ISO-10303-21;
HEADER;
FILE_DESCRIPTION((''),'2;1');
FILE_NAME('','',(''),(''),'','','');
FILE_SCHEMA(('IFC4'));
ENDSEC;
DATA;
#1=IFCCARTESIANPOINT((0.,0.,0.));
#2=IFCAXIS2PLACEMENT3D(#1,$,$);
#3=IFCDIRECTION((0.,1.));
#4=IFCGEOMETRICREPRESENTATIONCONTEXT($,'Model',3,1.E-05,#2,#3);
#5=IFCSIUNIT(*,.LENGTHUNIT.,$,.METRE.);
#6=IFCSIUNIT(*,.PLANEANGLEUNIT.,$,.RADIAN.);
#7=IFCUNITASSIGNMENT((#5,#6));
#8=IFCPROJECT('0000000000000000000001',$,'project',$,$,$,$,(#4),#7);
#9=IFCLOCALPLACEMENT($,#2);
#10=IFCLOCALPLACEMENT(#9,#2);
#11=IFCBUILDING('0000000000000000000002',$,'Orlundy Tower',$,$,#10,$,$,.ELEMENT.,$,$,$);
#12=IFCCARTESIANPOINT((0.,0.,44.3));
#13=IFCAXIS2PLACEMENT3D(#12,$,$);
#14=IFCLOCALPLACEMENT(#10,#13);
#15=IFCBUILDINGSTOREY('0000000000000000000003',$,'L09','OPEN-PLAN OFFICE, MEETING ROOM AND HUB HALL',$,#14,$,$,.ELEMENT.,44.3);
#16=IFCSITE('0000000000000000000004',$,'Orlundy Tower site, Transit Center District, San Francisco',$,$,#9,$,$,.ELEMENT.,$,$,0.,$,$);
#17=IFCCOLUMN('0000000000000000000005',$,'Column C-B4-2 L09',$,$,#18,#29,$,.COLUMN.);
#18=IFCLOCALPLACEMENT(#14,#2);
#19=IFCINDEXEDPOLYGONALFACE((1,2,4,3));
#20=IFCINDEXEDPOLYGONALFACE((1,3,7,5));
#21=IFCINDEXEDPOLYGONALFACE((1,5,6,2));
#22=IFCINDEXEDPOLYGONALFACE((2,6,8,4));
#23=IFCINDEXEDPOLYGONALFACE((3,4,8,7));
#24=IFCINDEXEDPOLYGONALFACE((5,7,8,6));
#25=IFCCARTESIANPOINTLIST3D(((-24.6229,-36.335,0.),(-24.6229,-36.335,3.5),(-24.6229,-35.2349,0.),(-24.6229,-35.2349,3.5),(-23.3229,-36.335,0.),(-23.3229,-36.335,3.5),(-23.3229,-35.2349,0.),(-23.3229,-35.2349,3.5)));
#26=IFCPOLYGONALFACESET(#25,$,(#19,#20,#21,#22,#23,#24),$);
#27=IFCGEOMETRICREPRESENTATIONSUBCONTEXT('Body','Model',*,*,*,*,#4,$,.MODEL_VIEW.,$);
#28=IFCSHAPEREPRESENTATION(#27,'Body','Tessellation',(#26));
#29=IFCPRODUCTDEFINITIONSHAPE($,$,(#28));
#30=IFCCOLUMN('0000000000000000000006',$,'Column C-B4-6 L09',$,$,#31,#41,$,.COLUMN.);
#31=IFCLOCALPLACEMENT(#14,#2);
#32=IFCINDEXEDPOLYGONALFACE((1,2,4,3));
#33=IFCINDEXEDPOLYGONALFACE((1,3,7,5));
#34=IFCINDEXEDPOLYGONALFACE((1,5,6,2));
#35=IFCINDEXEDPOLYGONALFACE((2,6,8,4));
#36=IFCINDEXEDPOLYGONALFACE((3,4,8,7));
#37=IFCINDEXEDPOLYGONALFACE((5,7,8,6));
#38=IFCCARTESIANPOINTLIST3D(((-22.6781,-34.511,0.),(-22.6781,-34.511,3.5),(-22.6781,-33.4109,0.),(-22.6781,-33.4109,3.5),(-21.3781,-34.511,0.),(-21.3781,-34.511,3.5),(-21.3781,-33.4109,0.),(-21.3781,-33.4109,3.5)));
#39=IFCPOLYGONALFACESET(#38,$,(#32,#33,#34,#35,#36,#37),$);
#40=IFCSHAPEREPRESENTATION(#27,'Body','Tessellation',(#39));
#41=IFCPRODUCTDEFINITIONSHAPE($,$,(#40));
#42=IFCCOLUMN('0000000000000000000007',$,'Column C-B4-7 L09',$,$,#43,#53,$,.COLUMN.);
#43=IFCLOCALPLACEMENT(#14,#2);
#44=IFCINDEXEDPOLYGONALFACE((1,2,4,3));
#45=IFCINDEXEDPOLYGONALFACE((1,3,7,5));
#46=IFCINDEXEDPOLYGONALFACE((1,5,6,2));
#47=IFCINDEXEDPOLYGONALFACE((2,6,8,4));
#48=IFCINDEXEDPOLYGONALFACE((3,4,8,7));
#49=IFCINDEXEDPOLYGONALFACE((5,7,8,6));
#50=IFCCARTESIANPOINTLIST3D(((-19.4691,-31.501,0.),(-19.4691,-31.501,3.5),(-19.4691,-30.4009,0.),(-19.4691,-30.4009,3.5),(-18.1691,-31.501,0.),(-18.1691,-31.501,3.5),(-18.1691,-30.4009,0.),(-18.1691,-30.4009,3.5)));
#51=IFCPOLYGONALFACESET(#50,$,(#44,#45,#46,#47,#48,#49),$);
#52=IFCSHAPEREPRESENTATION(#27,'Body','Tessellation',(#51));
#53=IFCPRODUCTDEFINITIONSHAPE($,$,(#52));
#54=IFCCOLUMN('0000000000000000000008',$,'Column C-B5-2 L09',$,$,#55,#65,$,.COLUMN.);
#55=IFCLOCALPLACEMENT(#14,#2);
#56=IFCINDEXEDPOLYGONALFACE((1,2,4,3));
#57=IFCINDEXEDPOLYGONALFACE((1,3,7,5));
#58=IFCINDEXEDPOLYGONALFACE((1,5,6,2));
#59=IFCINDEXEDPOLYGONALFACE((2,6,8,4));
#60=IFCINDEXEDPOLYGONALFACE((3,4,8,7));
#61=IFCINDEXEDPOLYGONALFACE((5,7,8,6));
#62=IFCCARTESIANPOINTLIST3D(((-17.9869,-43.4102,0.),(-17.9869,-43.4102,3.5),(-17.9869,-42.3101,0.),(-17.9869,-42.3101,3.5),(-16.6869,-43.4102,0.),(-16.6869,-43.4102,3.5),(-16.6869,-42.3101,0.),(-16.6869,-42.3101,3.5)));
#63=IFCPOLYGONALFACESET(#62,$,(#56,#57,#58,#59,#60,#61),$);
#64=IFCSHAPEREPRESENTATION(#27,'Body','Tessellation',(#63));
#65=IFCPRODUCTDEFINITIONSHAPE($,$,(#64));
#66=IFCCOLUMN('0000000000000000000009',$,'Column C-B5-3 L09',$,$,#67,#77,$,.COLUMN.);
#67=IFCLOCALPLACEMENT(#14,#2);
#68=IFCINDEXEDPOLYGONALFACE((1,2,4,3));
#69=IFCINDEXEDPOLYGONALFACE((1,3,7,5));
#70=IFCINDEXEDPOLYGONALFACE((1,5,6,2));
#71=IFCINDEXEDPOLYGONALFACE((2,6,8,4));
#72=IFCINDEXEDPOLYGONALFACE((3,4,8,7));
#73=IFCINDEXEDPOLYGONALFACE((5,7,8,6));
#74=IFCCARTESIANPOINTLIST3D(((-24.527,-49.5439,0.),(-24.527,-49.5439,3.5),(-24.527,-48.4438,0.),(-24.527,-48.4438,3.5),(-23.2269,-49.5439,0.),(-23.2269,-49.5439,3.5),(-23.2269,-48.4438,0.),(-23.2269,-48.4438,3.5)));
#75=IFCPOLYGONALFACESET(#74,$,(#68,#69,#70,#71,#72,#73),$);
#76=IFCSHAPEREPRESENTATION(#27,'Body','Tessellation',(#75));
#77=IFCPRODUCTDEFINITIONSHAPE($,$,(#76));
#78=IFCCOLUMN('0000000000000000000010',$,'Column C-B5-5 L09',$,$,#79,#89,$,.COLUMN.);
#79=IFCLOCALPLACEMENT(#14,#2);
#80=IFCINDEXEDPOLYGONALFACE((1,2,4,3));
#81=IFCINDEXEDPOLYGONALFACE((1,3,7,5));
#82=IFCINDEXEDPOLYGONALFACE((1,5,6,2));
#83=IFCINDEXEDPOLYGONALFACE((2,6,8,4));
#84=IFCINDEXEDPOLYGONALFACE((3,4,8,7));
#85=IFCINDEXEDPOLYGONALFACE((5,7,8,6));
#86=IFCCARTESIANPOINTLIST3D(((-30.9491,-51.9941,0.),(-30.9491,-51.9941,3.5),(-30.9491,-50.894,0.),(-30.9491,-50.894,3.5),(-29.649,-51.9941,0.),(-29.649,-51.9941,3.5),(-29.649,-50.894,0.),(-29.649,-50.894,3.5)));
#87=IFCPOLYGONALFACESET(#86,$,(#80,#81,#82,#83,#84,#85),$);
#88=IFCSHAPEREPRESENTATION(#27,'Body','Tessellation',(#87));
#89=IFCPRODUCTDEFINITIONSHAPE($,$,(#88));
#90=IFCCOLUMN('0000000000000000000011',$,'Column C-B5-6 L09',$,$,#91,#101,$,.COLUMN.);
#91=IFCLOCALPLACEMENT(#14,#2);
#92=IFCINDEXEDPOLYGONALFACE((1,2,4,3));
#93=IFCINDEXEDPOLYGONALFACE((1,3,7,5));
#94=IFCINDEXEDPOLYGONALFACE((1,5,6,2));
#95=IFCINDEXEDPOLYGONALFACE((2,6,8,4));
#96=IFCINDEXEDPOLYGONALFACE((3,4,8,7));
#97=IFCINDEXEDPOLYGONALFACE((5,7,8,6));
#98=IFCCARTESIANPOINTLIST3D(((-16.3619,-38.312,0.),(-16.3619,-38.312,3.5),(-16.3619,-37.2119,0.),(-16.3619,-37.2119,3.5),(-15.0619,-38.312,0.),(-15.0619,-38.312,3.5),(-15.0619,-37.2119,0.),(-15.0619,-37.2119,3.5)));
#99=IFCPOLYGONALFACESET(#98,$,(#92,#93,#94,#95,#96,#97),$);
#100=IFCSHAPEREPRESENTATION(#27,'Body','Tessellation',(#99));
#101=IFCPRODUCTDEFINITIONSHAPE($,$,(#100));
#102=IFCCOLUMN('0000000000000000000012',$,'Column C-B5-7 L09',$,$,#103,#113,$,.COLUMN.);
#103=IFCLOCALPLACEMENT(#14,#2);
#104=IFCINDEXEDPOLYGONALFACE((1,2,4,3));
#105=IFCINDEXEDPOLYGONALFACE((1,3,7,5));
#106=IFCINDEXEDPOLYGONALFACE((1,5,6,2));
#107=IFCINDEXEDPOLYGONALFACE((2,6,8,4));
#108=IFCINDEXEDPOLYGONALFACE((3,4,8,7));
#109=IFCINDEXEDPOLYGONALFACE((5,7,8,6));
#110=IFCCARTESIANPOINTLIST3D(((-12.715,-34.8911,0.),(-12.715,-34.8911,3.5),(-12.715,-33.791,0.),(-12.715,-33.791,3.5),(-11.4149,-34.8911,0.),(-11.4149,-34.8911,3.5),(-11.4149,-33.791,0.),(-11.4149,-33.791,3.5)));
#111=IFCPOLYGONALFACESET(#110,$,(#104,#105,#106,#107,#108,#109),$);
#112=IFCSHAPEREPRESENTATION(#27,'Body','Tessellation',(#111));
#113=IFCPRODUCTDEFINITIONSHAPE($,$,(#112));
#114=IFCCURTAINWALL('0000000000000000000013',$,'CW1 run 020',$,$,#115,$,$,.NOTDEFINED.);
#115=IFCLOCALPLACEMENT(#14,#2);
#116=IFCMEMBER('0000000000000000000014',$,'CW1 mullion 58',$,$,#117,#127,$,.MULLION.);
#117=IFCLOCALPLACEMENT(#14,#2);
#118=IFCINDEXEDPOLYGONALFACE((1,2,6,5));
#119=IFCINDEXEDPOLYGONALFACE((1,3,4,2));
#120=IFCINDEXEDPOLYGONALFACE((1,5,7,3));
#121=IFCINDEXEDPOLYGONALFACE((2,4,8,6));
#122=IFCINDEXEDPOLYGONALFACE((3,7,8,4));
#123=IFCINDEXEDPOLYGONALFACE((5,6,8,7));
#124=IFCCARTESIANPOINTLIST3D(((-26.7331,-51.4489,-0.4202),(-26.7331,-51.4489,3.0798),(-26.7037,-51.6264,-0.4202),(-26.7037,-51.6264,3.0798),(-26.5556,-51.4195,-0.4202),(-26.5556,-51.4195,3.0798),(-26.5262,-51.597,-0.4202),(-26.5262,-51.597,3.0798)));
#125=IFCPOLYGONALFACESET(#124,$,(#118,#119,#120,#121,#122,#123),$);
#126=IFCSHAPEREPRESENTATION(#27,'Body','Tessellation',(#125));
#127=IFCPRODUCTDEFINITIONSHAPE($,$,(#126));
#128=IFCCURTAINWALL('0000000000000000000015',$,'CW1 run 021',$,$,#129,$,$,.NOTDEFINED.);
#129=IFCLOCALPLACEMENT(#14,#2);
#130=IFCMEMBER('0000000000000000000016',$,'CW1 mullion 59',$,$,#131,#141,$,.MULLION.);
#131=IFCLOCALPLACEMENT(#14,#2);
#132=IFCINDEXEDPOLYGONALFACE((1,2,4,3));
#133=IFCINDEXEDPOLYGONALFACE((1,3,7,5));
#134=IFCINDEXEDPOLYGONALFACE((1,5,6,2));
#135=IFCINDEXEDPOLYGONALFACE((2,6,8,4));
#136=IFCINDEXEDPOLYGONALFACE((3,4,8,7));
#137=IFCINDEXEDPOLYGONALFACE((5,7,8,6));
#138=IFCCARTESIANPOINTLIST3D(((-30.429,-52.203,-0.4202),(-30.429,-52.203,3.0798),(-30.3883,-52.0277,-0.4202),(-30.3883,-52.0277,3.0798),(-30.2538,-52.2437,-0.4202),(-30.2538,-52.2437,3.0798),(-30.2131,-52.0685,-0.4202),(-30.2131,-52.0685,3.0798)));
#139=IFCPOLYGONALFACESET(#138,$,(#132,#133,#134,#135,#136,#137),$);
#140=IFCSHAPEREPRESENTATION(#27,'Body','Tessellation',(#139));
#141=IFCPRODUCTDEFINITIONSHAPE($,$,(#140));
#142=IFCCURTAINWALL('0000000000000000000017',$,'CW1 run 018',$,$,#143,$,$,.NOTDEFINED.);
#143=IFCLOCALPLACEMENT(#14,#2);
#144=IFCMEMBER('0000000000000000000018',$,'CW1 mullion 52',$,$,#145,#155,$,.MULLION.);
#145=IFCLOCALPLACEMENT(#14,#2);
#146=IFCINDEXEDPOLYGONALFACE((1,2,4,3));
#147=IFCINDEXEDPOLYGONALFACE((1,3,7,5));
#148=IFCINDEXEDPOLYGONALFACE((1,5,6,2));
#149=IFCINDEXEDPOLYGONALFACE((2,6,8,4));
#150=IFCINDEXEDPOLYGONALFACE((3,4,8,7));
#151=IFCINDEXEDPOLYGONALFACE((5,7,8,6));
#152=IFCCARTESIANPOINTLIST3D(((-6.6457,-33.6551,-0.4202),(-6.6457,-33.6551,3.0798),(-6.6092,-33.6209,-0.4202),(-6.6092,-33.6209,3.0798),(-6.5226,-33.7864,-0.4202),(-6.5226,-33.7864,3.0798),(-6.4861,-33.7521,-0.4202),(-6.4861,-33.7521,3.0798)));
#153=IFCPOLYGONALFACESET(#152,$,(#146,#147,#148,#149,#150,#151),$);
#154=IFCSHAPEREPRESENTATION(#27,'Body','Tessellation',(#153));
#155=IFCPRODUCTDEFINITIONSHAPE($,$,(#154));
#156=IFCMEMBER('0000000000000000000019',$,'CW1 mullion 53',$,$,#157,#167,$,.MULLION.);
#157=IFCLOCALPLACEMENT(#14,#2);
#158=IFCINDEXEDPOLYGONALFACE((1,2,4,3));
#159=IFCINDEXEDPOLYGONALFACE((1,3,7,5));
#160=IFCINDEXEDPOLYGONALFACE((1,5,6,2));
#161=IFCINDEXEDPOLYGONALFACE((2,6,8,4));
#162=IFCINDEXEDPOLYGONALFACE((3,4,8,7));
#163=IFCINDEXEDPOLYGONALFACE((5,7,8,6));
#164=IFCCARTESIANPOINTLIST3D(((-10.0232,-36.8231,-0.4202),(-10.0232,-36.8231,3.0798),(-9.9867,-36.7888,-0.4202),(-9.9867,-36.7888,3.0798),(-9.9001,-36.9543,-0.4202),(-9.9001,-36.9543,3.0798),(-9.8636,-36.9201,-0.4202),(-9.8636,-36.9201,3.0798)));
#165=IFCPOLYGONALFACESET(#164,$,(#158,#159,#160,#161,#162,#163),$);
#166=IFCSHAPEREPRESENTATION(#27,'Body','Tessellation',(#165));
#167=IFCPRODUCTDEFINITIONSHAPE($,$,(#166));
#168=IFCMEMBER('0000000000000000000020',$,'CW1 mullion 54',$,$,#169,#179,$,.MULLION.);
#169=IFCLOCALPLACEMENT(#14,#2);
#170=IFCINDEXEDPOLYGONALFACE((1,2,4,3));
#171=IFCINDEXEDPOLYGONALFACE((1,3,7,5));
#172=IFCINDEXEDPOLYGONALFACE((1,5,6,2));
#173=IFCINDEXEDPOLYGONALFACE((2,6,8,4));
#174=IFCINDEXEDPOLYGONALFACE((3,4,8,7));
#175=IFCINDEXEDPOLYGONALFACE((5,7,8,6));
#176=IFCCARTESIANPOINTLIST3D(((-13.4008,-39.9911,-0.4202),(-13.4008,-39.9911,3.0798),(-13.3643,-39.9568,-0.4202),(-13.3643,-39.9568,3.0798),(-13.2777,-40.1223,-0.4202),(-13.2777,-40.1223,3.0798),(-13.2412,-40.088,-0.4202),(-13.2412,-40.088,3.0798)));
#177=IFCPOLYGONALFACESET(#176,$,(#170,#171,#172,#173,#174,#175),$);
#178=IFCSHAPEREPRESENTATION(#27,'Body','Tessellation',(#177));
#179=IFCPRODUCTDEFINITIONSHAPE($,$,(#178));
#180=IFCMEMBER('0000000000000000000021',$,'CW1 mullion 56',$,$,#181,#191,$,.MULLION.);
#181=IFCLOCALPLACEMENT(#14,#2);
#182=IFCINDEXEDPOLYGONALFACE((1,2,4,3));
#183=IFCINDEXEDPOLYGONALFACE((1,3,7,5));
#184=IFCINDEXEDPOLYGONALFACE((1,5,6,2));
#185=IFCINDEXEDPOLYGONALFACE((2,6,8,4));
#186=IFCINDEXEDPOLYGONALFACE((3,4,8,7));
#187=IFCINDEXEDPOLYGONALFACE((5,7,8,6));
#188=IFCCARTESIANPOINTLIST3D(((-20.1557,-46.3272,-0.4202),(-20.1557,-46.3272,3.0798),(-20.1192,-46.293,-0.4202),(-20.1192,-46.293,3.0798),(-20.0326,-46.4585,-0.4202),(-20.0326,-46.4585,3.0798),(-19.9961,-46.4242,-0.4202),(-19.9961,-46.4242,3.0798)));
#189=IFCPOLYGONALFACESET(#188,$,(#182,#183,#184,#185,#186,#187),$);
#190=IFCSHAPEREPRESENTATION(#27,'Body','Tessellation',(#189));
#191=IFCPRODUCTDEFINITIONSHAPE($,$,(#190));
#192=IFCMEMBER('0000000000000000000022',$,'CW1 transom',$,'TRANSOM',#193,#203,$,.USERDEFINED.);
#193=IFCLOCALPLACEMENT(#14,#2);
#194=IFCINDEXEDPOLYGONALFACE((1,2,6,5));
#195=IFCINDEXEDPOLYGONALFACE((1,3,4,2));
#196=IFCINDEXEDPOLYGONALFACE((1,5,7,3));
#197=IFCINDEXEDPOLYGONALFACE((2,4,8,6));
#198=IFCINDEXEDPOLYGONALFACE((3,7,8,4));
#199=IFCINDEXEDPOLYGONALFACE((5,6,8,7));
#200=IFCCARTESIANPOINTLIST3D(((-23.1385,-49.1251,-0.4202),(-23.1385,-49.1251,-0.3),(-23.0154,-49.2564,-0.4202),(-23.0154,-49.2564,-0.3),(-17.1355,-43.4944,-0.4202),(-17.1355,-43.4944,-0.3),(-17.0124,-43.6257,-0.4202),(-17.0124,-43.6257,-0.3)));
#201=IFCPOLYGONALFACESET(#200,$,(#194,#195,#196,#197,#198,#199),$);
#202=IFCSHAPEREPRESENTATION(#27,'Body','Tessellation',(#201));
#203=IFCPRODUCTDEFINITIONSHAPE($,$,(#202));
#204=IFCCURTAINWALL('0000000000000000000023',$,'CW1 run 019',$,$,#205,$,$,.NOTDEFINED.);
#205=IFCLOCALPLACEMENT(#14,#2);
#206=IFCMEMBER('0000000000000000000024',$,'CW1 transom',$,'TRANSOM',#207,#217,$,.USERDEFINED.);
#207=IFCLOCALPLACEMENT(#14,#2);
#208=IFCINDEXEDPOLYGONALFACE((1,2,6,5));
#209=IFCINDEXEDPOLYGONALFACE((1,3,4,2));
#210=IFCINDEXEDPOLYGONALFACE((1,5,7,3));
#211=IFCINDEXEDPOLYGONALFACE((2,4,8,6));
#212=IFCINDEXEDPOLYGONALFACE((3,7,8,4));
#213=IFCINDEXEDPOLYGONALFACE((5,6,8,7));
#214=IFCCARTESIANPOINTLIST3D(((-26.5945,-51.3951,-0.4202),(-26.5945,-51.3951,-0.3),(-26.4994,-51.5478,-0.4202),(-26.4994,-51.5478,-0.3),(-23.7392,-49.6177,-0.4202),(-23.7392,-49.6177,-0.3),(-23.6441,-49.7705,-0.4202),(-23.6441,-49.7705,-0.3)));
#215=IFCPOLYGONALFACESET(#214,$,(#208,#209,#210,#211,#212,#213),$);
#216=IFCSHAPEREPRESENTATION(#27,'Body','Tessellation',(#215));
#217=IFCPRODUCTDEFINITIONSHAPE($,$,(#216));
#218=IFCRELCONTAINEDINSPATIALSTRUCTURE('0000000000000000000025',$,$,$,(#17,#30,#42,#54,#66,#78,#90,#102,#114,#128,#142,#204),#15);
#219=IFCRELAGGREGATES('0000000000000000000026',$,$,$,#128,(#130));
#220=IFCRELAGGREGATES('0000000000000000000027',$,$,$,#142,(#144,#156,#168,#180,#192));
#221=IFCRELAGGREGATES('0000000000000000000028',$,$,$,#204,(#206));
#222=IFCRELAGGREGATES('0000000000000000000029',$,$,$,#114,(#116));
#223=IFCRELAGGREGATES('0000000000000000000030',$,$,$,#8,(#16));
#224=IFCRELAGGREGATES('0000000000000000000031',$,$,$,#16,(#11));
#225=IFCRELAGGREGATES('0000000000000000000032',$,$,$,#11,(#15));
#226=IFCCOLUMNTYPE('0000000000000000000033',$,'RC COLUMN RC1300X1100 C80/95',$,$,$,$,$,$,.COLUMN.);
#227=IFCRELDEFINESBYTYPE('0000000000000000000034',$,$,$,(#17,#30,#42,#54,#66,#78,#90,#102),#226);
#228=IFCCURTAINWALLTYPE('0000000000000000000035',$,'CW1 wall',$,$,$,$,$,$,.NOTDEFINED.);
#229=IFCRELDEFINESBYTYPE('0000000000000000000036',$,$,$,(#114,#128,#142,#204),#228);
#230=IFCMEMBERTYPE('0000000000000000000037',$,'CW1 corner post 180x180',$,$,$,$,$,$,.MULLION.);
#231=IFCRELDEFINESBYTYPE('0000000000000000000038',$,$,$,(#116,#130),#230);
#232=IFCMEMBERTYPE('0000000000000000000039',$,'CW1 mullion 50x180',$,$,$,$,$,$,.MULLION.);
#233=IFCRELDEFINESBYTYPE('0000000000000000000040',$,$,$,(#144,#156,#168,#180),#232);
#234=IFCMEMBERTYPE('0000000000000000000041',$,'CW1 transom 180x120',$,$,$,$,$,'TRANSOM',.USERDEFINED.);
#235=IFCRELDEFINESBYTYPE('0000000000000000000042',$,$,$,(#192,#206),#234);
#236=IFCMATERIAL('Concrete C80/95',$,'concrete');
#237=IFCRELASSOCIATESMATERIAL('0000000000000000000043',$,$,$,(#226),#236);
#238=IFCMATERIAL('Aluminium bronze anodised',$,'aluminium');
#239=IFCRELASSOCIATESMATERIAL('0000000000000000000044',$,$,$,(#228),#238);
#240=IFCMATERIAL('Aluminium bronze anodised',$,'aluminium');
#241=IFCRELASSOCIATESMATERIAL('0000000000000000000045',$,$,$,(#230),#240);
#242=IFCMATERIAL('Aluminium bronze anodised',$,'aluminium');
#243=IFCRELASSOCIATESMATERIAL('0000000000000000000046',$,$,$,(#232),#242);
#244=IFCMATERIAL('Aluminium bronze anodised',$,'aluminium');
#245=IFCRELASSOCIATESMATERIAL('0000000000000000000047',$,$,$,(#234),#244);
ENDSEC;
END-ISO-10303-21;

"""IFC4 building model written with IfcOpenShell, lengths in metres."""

from ifc_helpers import new_model, si_unit, direction, frame, origin, origin_2d, place, context, subcontext, project, spatial, rectangle, extrude, material, material_profile, profile_set, type_object, element, aggregate, save


model = new_model("IFC4")

# Units and contexts
model_context = context("Model", 3, precision=1e-05, world=origin(), true_north=direction((0.0, 1.0)))
body_context = subcontext(model_context, "Body", "Model", "MODEL_VIEW")
ifc_project = project(units=[si_unit("LENGTHUNIT", "METRE"), si_unit("PLANEANGLEUNIT", "RADIAN")], contexts=[model_context])

# Site, building, storey
site_placement = place(None, origin())
site = spatial("IfcSite", under=ifc_project, at=site_placement, Name="Orlundy Tower site, Transit Center District, San Francisco", CompositionType="ELEMENT", RefElevation=0.0)
building_placement = place(site_placement, origin())
building = spatial("IfcBuilding", under=site, at=building_placement, Name="Orlundy Tower", CompositionType="ELEMENT")
storey_placement = place(building_placement, frame((0.0, 0.0, 44.3)))
storey = spatial("IfcBuildingStorey", under=building, at=storey_placement, Name="L09", Description="OPEN-PLAN OFFICE, MEETING ROOM AND HUB HALL", CompositionType="ELEMENT", Elevation=44.3)

# Columns
ifc_material_1 = material(Name="Concrete C80/95", Category="concrete")
ifc_material_profile_1 = material_profile(ifc_material_1, rectangle(XDim=1.3, YDim=1.1001, at=origin_2d()), Name="RC1300X1100")
ifc_profile_set_1 = profile_set([ifc_material_profile_1], Name="Concrete C80/95")
column_type = type_object("IfcColumnType", Name="RC COLUMN RC1300X1100 C80/95", PredefinedType="COLUMN", material=ifc_profile_set_1)
for number, where, z_axis, x_axis, name in (
    (1, (-23.9729, -35.7849, 0.0), (0.0, 0.0, 1.0), (1.0, 0.0, 0.0), "Column C-B4-2 L09"),
    (2, (-22.0281, -33.9609, 0.0), (0.0, 0.0, 1.0), (1.0, 0.0, 0.0), "Column C-B4-6 L09"),
    (3, (-18.8191, -30.9509, 0.0), (0.0, 0.0, 1.0), (1.0, 0.0, 0.0), "Column C-B4-7 L09"),
    (4, (-17.3369, -42.8601, 0.0), (0.0, 0.0, 1.0), (1.0, 0.0, 0.0), "Column C-B5-2 L09"),
    (5, (-23.877, -48.9939, 0.0), (0.0, 0.0, 1.0), (1.0, 0.0, 0.0), "Column C-B5-3 L09"),
    (6, (-30.2991, -51.4441, 0.0), (0.0, 0.0, 1.0), (1.0, 0.0, 0.0), "Column C-B5-5 L09"),
    (7, (-15.7119, -37.762, 0.0), (0.0, 0.0, 1.0), (1.0, 0.0, 0.0), "Column C-B5-6 L09"),
    (8, (-12.0649, -34.3411, 0.0), (0.0, 0.0, 1.0), (1.0, 0.0, 0.0), "Column C-B5-7 L09"),
):
    element("IfcColumn", number, at=place(storey_placement, frame(where, z_axis=z_axis, x_axis=x_axis)), inside=storey, type_object=column_type, Name=name, PredefinedType="COLUMN", context=body_context, shape_type="SweptSolid", body=[
        extrude(rectangle(XDim=1.3, YDim=1.1001, at=origin_2d()), origin(), (0.0, 0.0, 1.0), 3.5),
    ])

# Curtain walls, members
ifc_material_2 = material(Name="Aluminium bronze anodised", Category="aluminium")
curtain_wall_type = type_object("IfcCurtainWallType", Name="CW1 wall", PredefinedType="NOTDEFINED", material=ifc_material_2)
curtain_wall_1_placement = place(storey_placement, origin())
curtain_wall_1 = element("IfcCurtainWall", 9, at=curtain_wall_1_placement, inside=storey, type_object=curtain_wall_type, Name="CW1 run 020", PredefinedType="NOTDEFINED")
ifc_material_3 = material(Name="Aluminium bronze anodised", Category="aluminium")
ifc_material_profile_2 = material_profile(ifc_material_3, rectangle(XDim=0.1799, YDim=0.1799, at=origin_2d()), Name="CW1 corner post 180x180")
ifc_profile_set_2 = profile_set([ifc_material_profile_2], Name="Aluminium bronze anodised")
member_type_1 = type_object("IfcMemberType", Name="CW1 corner post 180x180", PredefinedType="MULLION", material=ifc_profile_set_2)
member_1_placement = place(storey_placement, frame((-26.6296, -51.5229, -0.4202), z_axis=(0.0, 0.0, 1.0), x_axis=(0.163786, -0.986496, 0.0)))
member_1 = element("IfcMember", 10, at=member_1_placement, type_object=member_type_1, Name="CW1 mullion 58", PredefinedType="MULLION", context=body_context, shape_type="SweptSolid", body=[
    extrude(rectangle(XDim=0.1799, YDim=0.1799, at=origin_2d()), origin(), (0.0, 0.0, 1.0), 3.5),
])
curtain_wall_2_placement = place(storey_placement, origin())
curtain_wall_2 = element("IfcCurtainWall", 11, at=curtain_wall_2_placement, inside=storey, type_object=curtain_wall_type, Name="CW1 run 021", PredefinedType="NOTDEFINED")
member_2_placement = place(storey_placement, frame((-30.321, -52.1357, -0.4202), z_axis=(0.0, 0.0, 1.0), x_axis=(-0.226317, -0.974054, 0.0)))
member_2 = element("IfcMember", 12, at=member_2_placement, type_object=member_type_1, Name="CW1 mullion 59", PredefinedType="MULLION", context=body_context, shape_type="SweptSolid", body=[
    extrude(rectangle(XDim=0.1799, YDim=0.1799, at=origin_2d()), origin(), (0.0, 0.0, 1.0), 3.5),
])
aggregate(curtain_wall_2, [member_2])

# Curtain wall, members
curtain_wall_3_placement = place(storey_placement, origin())
curtain_wall_3 = element("IfcCurtainWall", 13, at=curtain_wall_3_placement, inside=storey, type_object=curtain_wall_type, Name="CW1 run 018", PredefinedType="NOTDEFINED")
ifc_material_4 = material(Name="Aluminium bronze anodised", Category="aluminium")
ifc_material_profile_3 = material_profile(ifc_material_4, rectangle(XDim=0.1799, YDim=0.05, at=origin_2d()), Name="CW1 mullion 50x180")
ifc_profile_set_3 = profile_set([ifc_material_profile_3], Name="Aluminium bronze anodised")
member_type_2 = type_object("IfcMemberType", Name="CW1 mullion 50x180", PredefinedType="MULLION", material=ifc_profile_set_3)
member_3_placement = place(storey_placement, frame((-6.5659, -33.7036, -0.4202), z_axis=(0.0, 0.0, 1.0), x_axis=(0.684124, -0.729365, 0.0)))
member_3 = element("IfcMember", 14, at=member_3_placement, type_object=member_type_2, Name="CW1 mullion 52", PredefinedType="MULLION", context=body_context, shape_type="SweptSolid", body=[
    extrude(rectangle(XDim=0.1799, YDim=0.05, at=origin_2d()), origin(), (0.0, 0.0, 1.0), 3.5),
])
member_4_placement = place(storey_placement, frame((-9.9434, -36.8716, -0.4202), z_axis=(0.0, 0.0, 1.0), x_axis=(0.684124, -0.729365, 0.0)))
member_4 = element("IfcMember", 15, at=member_4_placement, type_object=member_type_2, Name="CW1 mullion 53", PredefinedType="MULLION", context=body_context, shape_type="SweptSolid", body=[
    extrude(rectangle(XDim=0.1799, YDim=0.05, at=origin_2d()), origin(), (0.0, 0.0, 1.0), 3.5),
])
member_5_placement = place(storey_placement, frame((-13.321, -40.0396, -0.4202), z_axis=(0.0, 0.0, 1.0), x_axis=(0.684124, -0.729365, 0.0)))
member_5 = element("IfcMember", 16, at=member_5_placement, type_object=member_type_2, Name="CW1 mullion 54", PredefinedType="MULLION", context=body_context, shape_type="SweptSolid", body=[
    extrude(rectangle(XDim=0.1799, YDim=0.05, at=origin_2d()), origin(), (0.0, 0.0, 1.0), 3.5),
])
member_6_placement = place(storey_placement, frame((-20.0759, -46.3757, -0.4202), z_axis=(0.0, 0.0, 1.0), x_axis=(0.684124, -0.729365, 0.0)))
member_6 = element("IfcMember", 17, at=member_6_placement, type_object=member_type_2, Name="CW1 mullion 56", PredefinedType="MULLION", context=body_context, shape_type="SweptSolid", body=[
    extrude(rectangle(XDim=0.1799, YDim=0.05, at=origin_2d()), origin(), (0.0, 0.0, 1.0), 3.5),
])
ifc_material_5 = material(Name="Aluminium bronze anodised", Category="aluminium")
ifc_material_profile_4 = material_profile(ifc_material_5, rectangle(XDim=0.1799, YDim=0.1201, at=origin_2d()), Name="CW1 transom 180x120")
ifc_profile_set_4 = profile_set([ifc_material_profile_4], Name="Aluminium bronze anodised")
member_type_3 = type_object("IfcMemberType", Name="CW1 transom 180x120", ElementType="TRANSOM", PredefinedType="USERDEFINED", material=ifc_profile_set_4)
member_7_placement = place(storey_placement, frame((-17.074, -43.5601, -0.3601), z_axis=(-0.729363, -0.684127, 0.0), x_axis=(0.684127, -0.729363, 0.0)))
member_7 = element("IfcMember", 18, at=member_7_placement, type_object=member_type_3, Name="CW1 transom", ObjectType="TRANSOM", PredefinedType="USERDEFINED", context=body_context, shape_type="SweptSolid", body=[
    extrude(rectangle(XDim=0.1799, YDim=0.1201, at=origin_2d()), origin(), (0.0, 0.0, 1.0), 8.2305),
])

# Curtain wall, member
curtain_wall_4_placement = place(storey_placement, origin())
curtain_wall_4 = element("IfcCurtainWall", 19, at=curtain_wall_4_placement, inside=storey, type_object=curtain_wall_type, Name="CW1 run 019", PredefinedType="NOTDEFINED")
member_8_placement = place(storey_placement, frame((-23.6917, -49.6941, -0.3601), z_axis=(-0.848955, -0.528465, 0.0), x_axis=(0.528465, -0.848955, 0.0)))
member_8 = element("IfcMember", 20, at=member_8_placement, type_object=member_type_3, Name="CW1 transom", ObjectType="TRANSOM", PredefinedType="USERDEFINED", context=body_context, shape_type="SweptSolid", body=[
    extrude(rectangle(XDim=0.1799, YDim=0.1201, at=origin_2d()), origin(), (0.0, 0.0, 1.0), 3.3633),
])

aggregate(curtain_wall_3, [member_3, member_4, member_5, member_6, member_7])
aggregate(curtain_wall_4, [member_8])
aggregate(curtain_wall_1, [member_1])

save(model, "model.ifc")
